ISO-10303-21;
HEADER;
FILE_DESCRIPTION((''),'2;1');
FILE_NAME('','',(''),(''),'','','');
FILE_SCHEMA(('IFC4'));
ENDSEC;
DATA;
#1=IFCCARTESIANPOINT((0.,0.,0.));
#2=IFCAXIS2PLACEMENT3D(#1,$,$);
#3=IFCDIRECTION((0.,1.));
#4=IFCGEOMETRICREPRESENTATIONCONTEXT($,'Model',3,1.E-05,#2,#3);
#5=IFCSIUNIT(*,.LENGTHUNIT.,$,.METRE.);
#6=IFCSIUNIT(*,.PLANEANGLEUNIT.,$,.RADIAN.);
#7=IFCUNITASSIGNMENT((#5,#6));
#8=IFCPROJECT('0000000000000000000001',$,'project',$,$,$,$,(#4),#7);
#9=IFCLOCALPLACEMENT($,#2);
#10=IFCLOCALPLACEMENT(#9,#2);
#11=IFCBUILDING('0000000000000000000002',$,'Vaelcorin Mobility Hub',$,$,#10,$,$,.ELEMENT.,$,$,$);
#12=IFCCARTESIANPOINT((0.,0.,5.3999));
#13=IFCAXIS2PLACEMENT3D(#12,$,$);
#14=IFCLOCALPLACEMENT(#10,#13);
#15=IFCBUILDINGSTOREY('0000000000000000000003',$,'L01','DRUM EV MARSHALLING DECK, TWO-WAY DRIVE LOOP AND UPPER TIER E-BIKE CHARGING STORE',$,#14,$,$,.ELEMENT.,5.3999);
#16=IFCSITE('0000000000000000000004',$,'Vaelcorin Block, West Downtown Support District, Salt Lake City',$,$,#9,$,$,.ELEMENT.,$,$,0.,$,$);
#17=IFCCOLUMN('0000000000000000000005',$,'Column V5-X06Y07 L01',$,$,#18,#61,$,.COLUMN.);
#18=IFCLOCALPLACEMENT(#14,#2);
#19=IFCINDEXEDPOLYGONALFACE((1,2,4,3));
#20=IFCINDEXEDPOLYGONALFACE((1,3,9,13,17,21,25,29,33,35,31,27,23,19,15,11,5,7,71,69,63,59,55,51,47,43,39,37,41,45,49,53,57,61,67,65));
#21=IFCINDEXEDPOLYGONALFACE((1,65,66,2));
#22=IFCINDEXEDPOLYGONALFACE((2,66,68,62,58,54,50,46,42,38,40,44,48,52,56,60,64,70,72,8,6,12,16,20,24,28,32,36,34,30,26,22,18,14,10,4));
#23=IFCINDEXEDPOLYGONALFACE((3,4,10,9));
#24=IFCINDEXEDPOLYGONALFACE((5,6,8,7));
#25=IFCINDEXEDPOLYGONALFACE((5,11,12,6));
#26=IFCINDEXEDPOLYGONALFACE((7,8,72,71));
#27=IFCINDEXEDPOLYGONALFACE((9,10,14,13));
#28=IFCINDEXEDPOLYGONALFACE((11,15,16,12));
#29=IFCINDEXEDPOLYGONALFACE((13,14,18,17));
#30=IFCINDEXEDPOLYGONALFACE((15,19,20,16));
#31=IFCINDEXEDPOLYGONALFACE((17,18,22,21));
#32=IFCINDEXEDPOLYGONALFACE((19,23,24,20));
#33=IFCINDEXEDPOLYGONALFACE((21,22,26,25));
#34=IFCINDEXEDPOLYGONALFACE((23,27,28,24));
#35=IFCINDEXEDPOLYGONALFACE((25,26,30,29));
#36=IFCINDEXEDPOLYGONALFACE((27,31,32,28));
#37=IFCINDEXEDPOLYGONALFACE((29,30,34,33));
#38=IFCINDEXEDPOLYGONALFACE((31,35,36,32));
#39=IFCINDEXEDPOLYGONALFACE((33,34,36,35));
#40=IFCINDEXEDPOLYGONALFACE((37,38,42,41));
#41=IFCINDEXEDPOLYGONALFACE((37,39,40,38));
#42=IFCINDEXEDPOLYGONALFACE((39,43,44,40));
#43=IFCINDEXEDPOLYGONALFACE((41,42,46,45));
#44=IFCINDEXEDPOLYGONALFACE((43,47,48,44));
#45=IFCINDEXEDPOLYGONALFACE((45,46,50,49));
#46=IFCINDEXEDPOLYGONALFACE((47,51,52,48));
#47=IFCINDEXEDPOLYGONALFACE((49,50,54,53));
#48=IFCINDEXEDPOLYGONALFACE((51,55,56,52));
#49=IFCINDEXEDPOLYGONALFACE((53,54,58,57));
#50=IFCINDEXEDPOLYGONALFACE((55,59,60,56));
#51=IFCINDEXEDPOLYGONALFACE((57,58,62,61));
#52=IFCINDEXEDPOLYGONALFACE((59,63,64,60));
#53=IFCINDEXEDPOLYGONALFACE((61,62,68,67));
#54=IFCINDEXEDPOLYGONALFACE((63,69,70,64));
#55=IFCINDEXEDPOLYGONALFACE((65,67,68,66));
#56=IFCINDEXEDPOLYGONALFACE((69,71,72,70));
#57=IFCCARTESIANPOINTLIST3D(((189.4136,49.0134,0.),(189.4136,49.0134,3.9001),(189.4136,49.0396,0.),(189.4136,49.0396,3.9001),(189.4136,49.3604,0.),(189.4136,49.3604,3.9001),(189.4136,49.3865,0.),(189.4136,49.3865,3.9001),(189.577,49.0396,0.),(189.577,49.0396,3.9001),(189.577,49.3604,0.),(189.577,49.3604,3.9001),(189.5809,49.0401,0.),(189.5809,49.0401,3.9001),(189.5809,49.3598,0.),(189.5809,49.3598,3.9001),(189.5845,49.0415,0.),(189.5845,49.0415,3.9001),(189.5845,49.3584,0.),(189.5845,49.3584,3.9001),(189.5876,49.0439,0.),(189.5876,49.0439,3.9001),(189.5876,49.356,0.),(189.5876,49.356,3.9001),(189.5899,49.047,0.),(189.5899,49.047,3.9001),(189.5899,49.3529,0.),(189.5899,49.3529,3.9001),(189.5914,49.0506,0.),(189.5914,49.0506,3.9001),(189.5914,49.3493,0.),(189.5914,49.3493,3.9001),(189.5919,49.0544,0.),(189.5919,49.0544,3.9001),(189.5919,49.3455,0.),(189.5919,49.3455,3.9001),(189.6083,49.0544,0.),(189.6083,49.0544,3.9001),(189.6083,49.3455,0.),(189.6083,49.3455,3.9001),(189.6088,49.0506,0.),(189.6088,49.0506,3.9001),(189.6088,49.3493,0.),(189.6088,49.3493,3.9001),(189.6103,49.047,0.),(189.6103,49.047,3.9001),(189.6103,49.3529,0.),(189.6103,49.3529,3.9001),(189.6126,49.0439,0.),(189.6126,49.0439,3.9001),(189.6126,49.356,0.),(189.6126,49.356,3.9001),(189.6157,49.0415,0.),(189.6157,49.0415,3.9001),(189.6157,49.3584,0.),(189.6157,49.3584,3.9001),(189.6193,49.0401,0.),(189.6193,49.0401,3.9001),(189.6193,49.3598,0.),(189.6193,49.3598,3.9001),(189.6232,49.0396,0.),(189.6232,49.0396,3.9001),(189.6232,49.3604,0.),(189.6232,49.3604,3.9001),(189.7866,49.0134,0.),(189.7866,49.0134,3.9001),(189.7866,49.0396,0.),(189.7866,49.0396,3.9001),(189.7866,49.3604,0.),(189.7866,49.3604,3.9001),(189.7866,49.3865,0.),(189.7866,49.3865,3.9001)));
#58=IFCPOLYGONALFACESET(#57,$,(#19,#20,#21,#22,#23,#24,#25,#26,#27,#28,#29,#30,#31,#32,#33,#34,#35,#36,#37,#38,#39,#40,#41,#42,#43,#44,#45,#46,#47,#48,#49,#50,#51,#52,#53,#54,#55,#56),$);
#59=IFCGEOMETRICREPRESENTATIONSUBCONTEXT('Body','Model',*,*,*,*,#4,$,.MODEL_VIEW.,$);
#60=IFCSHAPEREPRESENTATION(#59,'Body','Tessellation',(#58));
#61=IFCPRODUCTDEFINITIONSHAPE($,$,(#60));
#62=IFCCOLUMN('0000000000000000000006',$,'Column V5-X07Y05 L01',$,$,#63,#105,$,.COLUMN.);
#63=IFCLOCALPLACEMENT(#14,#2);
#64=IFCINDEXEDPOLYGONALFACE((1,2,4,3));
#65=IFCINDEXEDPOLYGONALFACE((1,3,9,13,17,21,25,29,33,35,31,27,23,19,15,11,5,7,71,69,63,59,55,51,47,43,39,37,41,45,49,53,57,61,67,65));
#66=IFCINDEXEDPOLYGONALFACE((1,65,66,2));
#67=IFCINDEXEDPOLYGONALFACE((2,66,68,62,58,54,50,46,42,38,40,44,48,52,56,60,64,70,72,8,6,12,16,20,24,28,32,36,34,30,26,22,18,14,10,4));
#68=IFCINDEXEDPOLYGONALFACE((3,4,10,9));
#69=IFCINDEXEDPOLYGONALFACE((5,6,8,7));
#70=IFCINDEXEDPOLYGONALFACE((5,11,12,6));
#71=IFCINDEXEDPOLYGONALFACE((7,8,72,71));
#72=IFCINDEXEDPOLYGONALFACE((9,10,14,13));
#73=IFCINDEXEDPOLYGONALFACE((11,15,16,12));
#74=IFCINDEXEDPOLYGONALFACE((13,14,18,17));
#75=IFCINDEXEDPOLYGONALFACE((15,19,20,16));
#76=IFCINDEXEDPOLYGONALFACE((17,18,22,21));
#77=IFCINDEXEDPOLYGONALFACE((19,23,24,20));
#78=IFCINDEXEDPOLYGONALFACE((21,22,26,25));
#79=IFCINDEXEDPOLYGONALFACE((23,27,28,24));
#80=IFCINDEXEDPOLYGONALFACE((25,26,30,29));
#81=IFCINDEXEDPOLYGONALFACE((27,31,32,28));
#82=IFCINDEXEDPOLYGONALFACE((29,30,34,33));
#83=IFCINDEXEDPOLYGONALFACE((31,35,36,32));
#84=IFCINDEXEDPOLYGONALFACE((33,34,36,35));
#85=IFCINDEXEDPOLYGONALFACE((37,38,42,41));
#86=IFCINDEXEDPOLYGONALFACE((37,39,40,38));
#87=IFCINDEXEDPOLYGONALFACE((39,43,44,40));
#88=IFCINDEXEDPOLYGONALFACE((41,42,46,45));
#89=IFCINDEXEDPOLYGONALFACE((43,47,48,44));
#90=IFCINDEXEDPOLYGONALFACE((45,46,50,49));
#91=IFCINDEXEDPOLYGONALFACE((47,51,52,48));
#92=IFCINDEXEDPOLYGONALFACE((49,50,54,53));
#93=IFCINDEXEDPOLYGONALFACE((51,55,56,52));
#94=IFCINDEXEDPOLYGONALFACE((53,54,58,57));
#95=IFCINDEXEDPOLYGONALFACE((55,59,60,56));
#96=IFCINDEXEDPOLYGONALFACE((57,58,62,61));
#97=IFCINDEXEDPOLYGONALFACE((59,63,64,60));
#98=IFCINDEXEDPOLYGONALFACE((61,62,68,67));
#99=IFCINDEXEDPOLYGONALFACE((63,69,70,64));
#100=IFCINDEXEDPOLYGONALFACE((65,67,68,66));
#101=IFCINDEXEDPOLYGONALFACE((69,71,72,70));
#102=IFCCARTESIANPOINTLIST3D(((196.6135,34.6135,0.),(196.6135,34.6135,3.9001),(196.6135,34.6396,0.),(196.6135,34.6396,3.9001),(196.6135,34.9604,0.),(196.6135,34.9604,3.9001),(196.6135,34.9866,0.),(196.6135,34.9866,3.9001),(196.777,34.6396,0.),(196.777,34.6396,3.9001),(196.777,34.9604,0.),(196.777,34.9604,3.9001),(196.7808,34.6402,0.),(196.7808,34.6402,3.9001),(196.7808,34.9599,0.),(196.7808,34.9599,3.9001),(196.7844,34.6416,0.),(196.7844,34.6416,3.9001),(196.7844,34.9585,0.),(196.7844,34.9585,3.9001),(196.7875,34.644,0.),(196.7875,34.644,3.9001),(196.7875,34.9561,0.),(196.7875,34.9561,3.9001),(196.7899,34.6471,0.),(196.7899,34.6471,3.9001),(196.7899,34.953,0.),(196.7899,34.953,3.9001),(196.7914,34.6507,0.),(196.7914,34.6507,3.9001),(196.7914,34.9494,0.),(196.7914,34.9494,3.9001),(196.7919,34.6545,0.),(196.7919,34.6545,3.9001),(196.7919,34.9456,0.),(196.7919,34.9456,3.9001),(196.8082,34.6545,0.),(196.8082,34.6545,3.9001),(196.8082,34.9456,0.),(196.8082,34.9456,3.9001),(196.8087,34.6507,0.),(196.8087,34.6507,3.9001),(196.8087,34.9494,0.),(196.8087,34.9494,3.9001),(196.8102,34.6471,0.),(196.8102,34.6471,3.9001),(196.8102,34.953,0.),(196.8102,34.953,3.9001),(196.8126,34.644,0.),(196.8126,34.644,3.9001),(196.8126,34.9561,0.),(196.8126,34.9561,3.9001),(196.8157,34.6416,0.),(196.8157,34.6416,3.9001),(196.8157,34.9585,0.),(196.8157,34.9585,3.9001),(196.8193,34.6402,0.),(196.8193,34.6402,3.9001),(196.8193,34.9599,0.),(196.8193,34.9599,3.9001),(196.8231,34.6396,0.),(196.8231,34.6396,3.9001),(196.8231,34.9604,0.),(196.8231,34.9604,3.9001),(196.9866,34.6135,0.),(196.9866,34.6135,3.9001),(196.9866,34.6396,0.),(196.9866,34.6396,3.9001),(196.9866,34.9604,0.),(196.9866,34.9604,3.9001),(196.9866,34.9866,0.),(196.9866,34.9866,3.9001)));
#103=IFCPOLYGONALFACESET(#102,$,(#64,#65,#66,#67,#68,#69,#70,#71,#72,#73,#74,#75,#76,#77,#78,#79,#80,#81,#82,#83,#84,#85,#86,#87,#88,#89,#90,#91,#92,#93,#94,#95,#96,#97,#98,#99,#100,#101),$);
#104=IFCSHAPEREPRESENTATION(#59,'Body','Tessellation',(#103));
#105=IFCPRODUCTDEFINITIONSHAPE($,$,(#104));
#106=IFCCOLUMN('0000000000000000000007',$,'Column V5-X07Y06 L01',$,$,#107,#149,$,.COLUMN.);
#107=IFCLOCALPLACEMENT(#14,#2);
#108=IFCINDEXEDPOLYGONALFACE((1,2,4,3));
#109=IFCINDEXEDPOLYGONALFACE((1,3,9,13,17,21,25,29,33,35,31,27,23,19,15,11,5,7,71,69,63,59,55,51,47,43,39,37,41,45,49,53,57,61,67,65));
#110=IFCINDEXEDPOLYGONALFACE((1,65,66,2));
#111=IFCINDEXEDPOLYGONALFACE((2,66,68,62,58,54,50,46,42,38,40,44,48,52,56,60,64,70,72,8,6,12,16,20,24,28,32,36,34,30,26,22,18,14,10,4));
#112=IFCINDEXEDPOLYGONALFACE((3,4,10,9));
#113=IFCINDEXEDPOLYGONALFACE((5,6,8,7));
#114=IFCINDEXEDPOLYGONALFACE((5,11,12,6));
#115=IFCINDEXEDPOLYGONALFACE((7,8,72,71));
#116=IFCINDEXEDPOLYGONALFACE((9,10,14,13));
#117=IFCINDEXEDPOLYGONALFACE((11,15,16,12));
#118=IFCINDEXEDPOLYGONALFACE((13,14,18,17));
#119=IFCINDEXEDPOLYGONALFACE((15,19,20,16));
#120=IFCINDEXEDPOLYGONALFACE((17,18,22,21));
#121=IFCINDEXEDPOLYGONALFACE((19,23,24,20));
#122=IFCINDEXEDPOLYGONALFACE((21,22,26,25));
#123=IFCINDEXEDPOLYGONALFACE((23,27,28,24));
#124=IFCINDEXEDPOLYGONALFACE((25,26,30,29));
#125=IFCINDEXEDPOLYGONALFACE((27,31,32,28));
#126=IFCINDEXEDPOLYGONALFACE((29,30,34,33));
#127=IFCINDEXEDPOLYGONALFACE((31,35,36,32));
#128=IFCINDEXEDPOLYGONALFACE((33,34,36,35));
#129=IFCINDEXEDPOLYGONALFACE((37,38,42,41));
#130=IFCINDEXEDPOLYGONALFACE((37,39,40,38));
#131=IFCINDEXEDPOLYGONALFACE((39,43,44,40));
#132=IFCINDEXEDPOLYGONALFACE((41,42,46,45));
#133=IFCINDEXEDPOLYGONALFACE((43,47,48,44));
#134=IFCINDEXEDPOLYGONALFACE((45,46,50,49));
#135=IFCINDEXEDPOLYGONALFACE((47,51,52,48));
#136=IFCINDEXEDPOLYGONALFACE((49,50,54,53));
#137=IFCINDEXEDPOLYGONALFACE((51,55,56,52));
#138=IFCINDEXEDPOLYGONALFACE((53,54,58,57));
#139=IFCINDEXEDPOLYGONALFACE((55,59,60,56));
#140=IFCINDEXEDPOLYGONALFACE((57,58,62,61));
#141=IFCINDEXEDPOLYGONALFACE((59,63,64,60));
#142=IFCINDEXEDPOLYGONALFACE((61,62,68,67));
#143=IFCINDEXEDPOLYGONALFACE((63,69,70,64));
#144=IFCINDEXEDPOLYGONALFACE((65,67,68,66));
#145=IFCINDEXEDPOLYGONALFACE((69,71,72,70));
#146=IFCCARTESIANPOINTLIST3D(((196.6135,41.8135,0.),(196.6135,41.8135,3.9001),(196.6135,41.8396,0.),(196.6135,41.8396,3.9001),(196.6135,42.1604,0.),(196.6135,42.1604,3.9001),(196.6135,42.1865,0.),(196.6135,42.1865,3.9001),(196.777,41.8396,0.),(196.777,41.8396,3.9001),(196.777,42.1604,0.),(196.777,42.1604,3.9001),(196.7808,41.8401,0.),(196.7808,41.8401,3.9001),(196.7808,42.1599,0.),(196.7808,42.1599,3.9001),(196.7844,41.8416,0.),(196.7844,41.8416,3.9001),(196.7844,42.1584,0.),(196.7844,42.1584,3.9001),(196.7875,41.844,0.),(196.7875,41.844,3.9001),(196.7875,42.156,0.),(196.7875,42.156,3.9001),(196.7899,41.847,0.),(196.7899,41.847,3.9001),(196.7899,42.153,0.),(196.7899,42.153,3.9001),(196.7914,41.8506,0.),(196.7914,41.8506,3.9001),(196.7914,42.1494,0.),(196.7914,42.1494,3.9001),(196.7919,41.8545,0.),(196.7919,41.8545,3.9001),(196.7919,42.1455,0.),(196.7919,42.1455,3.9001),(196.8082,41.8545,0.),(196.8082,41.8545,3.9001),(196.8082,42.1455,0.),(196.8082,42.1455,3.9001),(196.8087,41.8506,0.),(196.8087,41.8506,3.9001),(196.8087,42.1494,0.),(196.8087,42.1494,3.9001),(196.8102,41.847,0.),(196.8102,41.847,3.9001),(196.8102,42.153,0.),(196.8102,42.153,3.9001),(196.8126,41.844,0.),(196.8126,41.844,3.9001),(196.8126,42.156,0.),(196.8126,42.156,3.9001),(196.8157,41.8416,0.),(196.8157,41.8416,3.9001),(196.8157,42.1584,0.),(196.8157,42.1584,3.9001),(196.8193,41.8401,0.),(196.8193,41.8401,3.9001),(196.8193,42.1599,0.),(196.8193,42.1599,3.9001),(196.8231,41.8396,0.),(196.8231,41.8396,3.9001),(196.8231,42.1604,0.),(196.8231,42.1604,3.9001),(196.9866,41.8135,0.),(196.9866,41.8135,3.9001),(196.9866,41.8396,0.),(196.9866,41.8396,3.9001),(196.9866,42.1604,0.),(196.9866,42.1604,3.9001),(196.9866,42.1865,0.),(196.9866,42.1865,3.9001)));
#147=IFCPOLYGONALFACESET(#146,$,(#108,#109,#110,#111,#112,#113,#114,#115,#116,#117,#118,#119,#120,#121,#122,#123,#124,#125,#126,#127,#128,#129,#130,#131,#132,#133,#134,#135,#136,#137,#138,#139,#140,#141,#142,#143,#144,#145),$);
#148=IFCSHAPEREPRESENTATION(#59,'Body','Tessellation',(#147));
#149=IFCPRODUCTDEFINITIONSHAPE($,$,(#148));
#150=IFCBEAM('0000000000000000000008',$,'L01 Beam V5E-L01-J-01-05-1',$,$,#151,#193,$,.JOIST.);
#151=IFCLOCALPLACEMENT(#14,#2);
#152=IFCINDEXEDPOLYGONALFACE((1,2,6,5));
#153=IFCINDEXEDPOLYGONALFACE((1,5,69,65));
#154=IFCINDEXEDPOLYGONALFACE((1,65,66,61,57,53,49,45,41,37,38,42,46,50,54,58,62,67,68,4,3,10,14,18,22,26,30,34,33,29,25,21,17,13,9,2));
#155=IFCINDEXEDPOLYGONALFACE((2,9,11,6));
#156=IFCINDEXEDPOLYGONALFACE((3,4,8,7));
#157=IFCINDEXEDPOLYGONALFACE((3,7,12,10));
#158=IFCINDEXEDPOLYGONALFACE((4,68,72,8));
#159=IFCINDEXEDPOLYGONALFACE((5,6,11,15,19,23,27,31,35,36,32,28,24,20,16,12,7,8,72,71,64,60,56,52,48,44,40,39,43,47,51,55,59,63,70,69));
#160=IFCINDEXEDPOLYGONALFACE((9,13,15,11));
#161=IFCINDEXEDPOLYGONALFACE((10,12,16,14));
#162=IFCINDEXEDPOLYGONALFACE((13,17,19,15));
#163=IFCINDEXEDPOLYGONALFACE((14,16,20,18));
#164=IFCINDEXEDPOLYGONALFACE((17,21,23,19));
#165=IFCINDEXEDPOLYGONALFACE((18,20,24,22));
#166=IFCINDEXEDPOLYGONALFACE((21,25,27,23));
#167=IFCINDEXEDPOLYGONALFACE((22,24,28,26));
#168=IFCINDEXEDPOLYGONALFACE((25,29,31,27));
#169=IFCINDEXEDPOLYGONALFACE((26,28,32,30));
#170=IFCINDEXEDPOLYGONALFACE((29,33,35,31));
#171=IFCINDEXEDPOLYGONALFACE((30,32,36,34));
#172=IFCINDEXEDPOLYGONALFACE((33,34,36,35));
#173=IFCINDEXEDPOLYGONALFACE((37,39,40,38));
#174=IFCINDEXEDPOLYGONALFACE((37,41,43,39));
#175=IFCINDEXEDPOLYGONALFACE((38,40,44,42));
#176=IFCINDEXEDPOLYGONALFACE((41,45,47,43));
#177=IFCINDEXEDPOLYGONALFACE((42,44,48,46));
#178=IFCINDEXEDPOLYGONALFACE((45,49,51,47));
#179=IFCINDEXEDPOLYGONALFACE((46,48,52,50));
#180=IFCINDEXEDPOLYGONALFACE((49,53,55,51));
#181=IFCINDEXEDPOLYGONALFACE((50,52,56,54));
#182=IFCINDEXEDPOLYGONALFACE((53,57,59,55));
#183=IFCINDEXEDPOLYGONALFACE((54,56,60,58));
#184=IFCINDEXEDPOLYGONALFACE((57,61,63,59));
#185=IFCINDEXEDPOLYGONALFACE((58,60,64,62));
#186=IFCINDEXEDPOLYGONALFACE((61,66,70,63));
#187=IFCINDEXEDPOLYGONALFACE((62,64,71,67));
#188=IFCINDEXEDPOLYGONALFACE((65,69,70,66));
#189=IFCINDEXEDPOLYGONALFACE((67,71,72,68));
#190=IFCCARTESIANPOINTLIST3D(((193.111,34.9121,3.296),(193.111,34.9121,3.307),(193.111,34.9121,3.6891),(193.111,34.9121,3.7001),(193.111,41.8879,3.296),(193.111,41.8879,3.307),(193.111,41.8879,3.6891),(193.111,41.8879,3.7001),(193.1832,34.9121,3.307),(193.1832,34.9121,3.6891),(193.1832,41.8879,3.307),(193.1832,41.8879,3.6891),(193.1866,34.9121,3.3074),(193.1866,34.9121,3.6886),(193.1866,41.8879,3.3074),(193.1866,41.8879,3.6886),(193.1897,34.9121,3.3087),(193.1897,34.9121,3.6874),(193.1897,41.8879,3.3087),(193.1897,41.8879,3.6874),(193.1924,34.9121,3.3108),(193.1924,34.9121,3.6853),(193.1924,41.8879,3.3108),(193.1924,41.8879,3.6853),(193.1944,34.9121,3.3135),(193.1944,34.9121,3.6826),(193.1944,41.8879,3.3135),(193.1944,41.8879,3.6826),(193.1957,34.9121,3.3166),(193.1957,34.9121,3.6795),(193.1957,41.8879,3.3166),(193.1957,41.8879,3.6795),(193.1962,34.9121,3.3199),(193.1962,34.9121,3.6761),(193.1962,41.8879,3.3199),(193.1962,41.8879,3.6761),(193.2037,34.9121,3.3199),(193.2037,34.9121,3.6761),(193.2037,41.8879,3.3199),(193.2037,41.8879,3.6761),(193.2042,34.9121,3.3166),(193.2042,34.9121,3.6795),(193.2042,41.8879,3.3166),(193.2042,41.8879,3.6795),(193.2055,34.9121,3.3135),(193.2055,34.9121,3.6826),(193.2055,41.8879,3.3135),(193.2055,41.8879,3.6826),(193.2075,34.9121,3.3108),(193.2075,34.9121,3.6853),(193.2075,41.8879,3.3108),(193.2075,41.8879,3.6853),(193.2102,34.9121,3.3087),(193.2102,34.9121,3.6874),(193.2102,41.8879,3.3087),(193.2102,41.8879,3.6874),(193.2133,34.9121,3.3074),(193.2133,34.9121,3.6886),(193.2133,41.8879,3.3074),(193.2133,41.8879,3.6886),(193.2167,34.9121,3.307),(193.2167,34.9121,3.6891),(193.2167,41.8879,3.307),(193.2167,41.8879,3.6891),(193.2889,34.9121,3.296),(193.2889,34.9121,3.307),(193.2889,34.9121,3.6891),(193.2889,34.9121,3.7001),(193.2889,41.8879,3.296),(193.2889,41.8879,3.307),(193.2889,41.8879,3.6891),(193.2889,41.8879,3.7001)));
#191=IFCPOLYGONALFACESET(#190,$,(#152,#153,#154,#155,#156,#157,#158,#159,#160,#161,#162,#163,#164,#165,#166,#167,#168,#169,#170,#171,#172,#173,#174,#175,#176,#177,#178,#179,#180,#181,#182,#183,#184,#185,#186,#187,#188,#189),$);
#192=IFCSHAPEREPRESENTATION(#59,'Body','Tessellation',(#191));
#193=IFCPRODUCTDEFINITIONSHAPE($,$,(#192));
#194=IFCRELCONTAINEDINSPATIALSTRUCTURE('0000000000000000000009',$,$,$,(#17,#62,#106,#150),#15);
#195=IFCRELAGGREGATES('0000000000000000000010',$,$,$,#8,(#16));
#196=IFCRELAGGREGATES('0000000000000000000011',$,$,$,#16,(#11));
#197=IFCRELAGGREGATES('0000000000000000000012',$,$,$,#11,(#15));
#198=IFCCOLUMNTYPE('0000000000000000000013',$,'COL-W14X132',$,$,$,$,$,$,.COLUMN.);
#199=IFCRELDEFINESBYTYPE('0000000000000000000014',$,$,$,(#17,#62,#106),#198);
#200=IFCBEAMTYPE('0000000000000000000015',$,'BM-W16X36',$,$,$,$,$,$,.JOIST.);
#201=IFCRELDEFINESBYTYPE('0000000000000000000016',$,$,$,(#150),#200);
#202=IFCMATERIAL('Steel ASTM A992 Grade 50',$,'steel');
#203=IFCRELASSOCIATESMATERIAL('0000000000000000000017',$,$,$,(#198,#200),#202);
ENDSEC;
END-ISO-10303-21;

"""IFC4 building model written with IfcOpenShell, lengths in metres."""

from ifc_helpers import new_model, si_unit, direction, frame, origin, origin_2d, place, context, subcontext, project, spatial, i_section, extrude, material, material_profile, profile_set, type_object, element, save


model = new_model("IFC4")

# Units and contexts
model_context = context("Model", 3, precision=1e-05, world=origin(), true_north=direction((0.0, 1.0)))
body_context = subcontext(model_context, "Body", "Model", "MODEL_VIEW")
ifc_project = project(units=[si_unit("LENGTHUNIT", "METRE"), si_unit("PLANEANGLEUNIT", "RADIAN")], contexts=[model_context])

# Site, building, storey
site_placement = place(None, origin())
site = spatial("IfcSite", under=ifc_project, at=site_placement, Name="Vaelcorin Block, West Downtown Support District, Salt Lake City", CompositionType="ELEMENT", RefElevation=0.0)
building_placement = place(site_placement, origin())
building = spatial("IfcBuilding", under=site, at=building_placement, Name="Vaelcorin Mobility Hub", CompositionType="ELEMENT")
storey_placement = place(building_placement, frame((0.0, 0.0, 5.3999)))
storey = spatial("IfcBuildingStorey", under=building, at=storey_placement, Name="L01", Description="DRUM EV MARSHALLING DECK, TWO-WAY DRIVE LOOP AND UPPER TIER E-BIKE CHARGING STORE", CompositionType="ELEMENT", Elevation=5.3999)

# Columns
ifc_material_1 = material(Name="Steel ASTM A992 Grade 50", Category="steel")
ifc_material_profile_1 = material_profile(ifc_material_1, i_section(OverallWidth=0.373, OverallDepth=0.373, WebThickness=0.0164, FlangeThickness=0.0261, FilletRadius=0.0149, at=origin_2d()), Name="W14X132")
ifc_profile_set_1 = profile_set([ifc_material_profile_1], Name="Steel ASTM A992 Grade 50")
column_type = type_object("IfcColumnType", Name="COL-W14X132", PredefinedType="COLUMN", material=ifc_profile_set_1)
for number, where, z_axis, x_axis, name in (
    (1, (189.6001, 49.2, 0.0), (0.0, 0.0, 1.0), (1.0, 0.0, 0.0), "Column V5-X06Y07 L01"),
    (2, (196.8, 34.8, 0.0), (0.0, 0.0, 1.0), (1.0, 0.0, 0.0), "Column V5-X07Y05 L01"),
    (3, (196.8, 42.0, 0.0), (0.0, 0.0, 1.0), (1.0, 0.0, 0.0), "Column V5-X07Y06 L01"),
):
    element("IfcColumn", number, at=place(storey_placement, frame(where, z_axis=z_axis, x_axis=x_axis)), inside=storey, type_object=column_type, Name=name, PredefinedType="COLUMN", context=body_context, shape_type="SweptSolid", body=[
        extrude(i_section(OverallWidth=0.373, OverallDepth=0.373, WebThickness=0.0164, FlangeThickness=0.0261, FilletRadius=0.0149, at=origin_2d()), origin(), (0.0, 0.0, 1.0), 3.9001),
    ])

# Beam
ifc_material_profile_2 = material_profile(ifc_material_1, i_section(OverallWidth=0.178, OverallDepth=0.4041, WebThickness=0.0076, FlangeThickness=0.011, FilletRadius=0.0129, at=origin_2d()), Name="W16X36")
ifc_profile_set_2 = profile_set([ifc_material_profile_2], Name="Steel ASTM A992 Grade 50")
beam_type_1 = type_object("IfcBeamType", Name="BM-W16X36", PredefinedType="JOIST", material=ifc_profile_set_2)
for number, where, z_axis, x_axis, name in (
    (4, (193.2, 34.9121, 3.498), (0.0, 1.0, 0.0), (-1.0, 0.0, 0.0), "L01 Beam V5E-L01-J-01-05-1"),
):
    element("IfcBeam", number, at=place(storey_placement, frame(where, z_axis=z_axis, x_axis=x_axis)), inside=storey, type_object=beam_type_1, Name=name, PredefinedType="JOIST", context=body_context, shape_type="SweptSolid", body=[
        extrude(i_section(OverallWidth=0.178, OverallDepth=0.4041, WebThickness=0.0076, FlangeThickness=0.011, FilletRadius=0.0129, at=origin_2d()), origin(), (0.0, 0.0, 1.0), 6.9758),
    ])

save(model, "model.ifc")
